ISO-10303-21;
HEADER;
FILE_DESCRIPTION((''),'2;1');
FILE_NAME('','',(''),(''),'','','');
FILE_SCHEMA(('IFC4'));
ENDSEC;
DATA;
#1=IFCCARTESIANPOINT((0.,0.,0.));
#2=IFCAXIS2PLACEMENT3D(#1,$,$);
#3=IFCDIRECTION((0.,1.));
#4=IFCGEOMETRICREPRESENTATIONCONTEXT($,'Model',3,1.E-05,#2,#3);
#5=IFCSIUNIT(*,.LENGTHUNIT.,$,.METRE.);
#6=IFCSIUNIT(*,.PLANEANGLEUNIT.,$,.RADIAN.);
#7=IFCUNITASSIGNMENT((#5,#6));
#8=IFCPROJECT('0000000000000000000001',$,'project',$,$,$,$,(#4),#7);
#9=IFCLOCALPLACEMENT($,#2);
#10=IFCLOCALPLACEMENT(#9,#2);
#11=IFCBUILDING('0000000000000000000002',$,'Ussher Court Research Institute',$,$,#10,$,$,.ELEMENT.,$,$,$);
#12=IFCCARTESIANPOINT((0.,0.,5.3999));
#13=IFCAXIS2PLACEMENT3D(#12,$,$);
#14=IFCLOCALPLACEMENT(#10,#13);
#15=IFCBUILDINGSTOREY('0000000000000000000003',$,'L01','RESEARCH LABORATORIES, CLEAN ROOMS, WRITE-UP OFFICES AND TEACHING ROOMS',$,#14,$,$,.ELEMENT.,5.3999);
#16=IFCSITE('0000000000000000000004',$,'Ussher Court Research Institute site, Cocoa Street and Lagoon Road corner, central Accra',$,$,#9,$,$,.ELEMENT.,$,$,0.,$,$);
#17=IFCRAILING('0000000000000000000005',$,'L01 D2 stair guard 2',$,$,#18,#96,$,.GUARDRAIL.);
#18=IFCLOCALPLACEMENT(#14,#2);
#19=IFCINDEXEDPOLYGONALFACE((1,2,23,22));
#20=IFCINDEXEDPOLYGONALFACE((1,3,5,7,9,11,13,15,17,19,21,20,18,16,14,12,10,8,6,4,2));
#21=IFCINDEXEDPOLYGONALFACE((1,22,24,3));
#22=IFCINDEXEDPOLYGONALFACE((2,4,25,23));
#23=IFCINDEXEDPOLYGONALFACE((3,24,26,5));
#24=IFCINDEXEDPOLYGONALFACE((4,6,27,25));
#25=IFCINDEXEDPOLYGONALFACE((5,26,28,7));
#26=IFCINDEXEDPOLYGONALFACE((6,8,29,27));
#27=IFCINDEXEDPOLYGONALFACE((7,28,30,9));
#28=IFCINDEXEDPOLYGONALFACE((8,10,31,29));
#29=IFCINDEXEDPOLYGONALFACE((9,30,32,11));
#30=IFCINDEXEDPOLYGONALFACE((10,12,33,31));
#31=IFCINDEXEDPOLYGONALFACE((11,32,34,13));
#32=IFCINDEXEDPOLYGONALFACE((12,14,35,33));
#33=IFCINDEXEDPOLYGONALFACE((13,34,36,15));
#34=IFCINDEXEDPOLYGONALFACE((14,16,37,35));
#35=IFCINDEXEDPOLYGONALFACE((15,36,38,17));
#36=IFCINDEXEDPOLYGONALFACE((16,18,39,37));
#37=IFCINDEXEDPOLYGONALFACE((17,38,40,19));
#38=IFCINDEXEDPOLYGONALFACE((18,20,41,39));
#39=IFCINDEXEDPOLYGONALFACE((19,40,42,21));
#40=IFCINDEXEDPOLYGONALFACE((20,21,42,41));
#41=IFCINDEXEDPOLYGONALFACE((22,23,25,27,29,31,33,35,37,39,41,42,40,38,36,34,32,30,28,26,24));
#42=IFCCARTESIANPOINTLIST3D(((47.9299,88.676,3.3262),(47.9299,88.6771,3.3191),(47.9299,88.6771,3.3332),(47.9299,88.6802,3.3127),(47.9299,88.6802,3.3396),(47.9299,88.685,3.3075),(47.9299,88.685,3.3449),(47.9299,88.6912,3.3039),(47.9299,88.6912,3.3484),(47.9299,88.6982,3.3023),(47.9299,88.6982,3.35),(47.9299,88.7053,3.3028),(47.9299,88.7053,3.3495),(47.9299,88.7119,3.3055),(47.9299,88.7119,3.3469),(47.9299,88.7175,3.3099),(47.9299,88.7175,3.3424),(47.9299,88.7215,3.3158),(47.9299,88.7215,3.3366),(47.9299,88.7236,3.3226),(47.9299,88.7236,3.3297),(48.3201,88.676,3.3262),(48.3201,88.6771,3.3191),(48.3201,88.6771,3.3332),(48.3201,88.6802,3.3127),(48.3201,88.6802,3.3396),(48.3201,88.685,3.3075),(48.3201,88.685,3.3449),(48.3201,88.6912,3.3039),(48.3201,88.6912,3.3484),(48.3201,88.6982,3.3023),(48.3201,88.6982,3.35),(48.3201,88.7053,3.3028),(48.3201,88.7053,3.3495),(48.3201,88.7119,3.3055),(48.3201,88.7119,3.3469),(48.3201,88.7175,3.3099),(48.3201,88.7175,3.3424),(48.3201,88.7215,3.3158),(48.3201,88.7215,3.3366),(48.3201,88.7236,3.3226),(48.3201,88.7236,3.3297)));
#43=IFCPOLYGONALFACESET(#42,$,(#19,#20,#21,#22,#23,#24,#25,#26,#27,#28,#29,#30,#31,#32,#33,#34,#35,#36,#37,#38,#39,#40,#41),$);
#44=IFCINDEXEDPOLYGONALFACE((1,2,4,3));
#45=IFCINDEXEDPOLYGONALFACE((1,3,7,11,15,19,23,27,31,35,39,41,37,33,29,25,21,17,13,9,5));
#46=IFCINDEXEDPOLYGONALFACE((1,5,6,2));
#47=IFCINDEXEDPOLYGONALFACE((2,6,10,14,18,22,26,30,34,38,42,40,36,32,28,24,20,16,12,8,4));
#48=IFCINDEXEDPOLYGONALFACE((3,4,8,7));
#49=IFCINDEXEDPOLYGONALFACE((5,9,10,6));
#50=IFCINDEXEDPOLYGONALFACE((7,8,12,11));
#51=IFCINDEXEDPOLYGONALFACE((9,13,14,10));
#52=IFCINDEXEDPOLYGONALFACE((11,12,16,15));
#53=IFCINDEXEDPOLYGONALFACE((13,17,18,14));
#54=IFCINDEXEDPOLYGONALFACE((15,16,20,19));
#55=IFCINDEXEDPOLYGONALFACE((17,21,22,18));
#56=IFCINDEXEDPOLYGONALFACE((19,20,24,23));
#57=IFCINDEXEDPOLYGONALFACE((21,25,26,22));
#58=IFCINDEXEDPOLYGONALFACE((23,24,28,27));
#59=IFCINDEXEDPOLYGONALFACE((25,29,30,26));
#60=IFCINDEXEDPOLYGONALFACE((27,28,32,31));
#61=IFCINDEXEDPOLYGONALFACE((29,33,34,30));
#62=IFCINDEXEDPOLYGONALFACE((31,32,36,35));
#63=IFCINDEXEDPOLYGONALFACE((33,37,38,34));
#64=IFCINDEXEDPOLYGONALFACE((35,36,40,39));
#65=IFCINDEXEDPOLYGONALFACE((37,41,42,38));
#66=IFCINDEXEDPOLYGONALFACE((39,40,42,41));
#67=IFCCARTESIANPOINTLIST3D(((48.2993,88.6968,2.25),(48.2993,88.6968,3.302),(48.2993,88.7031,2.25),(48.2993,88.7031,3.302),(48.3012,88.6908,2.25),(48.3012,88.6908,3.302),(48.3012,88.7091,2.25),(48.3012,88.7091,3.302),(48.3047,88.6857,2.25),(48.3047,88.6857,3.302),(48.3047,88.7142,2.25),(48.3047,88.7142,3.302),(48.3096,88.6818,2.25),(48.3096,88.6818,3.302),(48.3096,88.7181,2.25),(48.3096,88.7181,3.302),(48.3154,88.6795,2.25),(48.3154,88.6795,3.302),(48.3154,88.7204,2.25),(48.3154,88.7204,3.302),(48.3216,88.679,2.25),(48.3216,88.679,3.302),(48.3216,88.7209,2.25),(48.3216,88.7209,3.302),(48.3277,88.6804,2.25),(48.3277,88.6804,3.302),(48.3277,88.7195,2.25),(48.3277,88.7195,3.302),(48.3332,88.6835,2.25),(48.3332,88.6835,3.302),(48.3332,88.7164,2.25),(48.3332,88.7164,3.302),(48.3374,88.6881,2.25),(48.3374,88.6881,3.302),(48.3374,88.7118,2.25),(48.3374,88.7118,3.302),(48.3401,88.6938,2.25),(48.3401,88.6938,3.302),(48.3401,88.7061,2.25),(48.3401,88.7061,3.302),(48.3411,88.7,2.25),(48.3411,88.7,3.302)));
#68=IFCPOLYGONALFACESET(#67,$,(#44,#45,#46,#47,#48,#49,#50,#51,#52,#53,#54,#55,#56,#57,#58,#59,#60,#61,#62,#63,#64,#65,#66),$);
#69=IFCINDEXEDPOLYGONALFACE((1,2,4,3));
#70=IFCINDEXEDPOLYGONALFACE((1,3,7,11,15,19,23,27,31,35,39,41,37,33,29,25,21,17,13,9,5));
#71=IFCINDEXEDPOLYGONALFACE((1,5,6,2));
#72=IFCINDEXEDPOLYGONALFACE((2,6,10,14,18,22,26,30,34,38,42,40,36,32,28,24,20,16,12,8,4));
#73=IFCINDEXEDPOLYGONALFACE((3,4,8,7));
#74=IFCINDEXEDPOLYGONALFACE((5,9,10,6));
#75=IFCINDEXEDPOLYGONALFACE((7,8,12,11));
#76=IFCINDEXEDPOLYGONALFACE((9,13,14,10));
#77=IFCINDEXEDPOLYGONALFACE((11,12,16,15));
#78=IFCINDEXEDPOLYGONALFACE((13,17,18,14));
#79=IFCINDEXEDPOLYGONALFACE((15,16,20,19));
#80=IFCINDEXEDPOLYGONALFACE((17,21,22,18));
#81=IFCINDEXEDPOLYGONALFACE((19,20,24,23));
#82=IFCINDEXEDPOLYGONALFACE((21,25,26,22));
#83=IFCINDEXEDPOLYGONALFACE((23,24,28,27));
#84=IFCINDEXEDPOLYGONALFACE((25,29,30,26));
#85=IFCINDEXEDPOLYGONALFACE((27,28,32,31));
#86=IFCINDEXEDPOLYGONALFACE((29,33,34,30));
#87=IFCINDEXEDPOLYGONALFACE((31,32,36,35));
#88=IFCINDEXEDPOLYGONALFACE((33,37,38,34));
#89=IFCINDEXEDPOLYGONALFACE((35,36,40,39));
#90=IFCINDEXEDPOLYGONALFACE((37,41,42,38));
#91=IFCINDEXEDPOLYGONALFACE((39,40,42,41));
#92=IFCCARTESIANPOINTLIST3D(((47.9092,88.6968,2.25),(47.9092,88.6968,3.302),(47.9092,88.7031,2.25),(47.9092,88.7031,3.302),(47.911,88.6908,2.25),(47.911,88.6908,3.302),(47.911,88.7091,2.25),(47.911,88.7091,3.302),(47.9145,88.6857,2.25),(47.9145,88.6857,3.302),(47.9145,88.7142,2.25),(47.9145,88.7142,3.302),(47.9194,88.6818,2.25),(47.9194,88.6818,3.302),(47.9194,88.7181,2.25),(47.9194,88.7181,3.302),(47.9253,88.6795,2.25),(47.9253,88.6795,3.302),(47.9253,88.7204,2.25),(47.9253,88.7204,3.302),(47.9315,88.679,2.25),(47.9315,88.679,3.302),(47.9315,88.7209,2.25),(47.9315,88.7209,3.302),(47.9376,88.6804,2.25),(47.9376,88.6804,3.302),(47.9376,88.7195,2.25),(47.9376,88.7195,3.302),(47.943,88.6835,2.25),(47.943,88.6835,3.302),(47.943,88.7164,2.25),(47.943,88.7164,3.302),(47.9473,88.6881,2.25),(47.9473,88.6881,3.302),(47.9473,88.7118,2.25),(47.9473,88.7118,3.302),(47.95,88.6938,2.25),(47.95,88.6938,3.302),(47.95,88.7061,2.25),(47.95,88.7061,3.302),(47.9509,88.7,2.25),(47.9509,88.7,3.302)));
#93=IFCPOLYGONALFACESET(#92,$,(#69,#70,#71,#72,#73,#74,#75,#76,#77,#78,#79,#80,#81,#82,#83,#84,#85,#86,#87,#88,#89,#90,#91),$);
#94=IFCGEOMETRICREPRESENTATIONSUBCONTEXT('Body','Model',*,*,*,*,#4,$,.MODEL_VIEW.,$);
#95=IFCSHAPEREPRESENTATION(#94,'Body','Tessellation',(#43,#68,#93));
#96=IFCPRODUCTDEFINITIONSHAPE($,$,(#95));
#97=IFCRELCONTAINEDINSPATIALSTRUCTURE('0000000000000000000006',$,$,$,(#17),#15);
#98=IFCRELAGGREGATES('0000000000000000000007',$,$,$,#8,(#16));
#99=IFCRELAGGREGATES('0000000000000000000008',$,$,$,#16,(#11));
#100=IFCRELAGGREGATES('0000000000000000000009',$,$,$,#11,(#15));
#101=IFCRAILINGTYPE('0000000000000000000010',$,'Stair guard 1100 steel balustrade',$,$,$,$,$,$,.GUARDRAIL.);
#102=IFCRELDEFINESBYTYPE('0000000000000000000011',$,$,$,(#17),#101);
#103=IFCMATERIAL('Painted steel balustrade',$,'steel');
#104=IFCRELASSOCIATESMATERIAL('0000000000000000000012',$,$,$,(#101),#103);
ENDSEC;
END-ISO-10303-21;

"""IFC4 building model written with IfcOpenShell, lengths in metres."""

from ifc_helpers import new_model, si_unit, direction, frame, origin, origin_2d, place, context, subcontext, project, spatial, circle, extrude, material, type_object, element, save


model = new_model("IFC4")

# Units and contexts
model_context = context("Model", 3, precision=1e-05, world=origin(), true_north=direction((0.0, 1.0)))
body_context = subcontext(model_context, "Body", "Model", "MODEL_VIEW")
ifc_project = project(units=[si_unit("LENGTHUNIT", "METRE"), si_unit("PLANEANGLEUNIT", "RADIAN")], contexts=[model_context])

# Site, building, storey
site_placement = place(None, origin())
site = spatial("IfcSite", under=ifc_project, at=site_placement, Name="Ussher Court Research Institute site, Cocoa Street and Lagoon Road corner, central Accra", CompositionType="ELEMENT", RefElevation=0.0)
building_placement = place(site_placement, origin())
building = spatial("IfcBuilding", under=site, at=building_placement, Name="Ussher Court Research Institute", CompositionType="ELEMENT")
storey_placement = place(building_placement, frame((0.0, 0.0, 5.3999)))
storey = spatial("IfcBuildingStorey", under=building, at=storey_placement, Name="L01", Description="RESEARCH LABORATORIES, CLEAN ROOMS, WRITE-UP OFFICES AND TEACHING ROOMS", CompositionType="ELEMENT", Elevation=5.3999)

# Railing
ifc_material_1 = material(Name="Painted steel balustrade", Category="steel")
railing_type_1 = type_object("IfcRailingType", Name="Stair guard 1100 steel balustrade", PredefinedType="GUARDRAIL", material=ifc_material_1)
railing_1_placement = place(storey_placement, frame((48.3201, 88.7, 2.25)))
element("IfcRailing", 1, at=railing_1_placement, inside=storey, type_object=railing_type_1, Name="L01 D2 stair guard 2", PredefinedType="GUARDRAIL", context=body_context, shape_type="SweptSolid", body=[
    extrude(circle(Radius=0.0239, at=origin_2d()), frame((0.0, 0.0, 1.0762), z_axis=(-1.0, 0.0, 0.0), x_axis=(0.0, -1.0, 0.0)), (0.0, 0.0, 1.0), 0.3901),
    extrude(circle(Radius=0.021, at=origin_2d()), origin(), (0.0, 0.0, 1.0), 1.052),
    extrude(circle(Radius=0.021, at=origin_2d()), frame((-0.3901, 0.0, 0.0)), (0.0, 0.0, 1.0), 1.052),
])

save(model, "model.ifc")
